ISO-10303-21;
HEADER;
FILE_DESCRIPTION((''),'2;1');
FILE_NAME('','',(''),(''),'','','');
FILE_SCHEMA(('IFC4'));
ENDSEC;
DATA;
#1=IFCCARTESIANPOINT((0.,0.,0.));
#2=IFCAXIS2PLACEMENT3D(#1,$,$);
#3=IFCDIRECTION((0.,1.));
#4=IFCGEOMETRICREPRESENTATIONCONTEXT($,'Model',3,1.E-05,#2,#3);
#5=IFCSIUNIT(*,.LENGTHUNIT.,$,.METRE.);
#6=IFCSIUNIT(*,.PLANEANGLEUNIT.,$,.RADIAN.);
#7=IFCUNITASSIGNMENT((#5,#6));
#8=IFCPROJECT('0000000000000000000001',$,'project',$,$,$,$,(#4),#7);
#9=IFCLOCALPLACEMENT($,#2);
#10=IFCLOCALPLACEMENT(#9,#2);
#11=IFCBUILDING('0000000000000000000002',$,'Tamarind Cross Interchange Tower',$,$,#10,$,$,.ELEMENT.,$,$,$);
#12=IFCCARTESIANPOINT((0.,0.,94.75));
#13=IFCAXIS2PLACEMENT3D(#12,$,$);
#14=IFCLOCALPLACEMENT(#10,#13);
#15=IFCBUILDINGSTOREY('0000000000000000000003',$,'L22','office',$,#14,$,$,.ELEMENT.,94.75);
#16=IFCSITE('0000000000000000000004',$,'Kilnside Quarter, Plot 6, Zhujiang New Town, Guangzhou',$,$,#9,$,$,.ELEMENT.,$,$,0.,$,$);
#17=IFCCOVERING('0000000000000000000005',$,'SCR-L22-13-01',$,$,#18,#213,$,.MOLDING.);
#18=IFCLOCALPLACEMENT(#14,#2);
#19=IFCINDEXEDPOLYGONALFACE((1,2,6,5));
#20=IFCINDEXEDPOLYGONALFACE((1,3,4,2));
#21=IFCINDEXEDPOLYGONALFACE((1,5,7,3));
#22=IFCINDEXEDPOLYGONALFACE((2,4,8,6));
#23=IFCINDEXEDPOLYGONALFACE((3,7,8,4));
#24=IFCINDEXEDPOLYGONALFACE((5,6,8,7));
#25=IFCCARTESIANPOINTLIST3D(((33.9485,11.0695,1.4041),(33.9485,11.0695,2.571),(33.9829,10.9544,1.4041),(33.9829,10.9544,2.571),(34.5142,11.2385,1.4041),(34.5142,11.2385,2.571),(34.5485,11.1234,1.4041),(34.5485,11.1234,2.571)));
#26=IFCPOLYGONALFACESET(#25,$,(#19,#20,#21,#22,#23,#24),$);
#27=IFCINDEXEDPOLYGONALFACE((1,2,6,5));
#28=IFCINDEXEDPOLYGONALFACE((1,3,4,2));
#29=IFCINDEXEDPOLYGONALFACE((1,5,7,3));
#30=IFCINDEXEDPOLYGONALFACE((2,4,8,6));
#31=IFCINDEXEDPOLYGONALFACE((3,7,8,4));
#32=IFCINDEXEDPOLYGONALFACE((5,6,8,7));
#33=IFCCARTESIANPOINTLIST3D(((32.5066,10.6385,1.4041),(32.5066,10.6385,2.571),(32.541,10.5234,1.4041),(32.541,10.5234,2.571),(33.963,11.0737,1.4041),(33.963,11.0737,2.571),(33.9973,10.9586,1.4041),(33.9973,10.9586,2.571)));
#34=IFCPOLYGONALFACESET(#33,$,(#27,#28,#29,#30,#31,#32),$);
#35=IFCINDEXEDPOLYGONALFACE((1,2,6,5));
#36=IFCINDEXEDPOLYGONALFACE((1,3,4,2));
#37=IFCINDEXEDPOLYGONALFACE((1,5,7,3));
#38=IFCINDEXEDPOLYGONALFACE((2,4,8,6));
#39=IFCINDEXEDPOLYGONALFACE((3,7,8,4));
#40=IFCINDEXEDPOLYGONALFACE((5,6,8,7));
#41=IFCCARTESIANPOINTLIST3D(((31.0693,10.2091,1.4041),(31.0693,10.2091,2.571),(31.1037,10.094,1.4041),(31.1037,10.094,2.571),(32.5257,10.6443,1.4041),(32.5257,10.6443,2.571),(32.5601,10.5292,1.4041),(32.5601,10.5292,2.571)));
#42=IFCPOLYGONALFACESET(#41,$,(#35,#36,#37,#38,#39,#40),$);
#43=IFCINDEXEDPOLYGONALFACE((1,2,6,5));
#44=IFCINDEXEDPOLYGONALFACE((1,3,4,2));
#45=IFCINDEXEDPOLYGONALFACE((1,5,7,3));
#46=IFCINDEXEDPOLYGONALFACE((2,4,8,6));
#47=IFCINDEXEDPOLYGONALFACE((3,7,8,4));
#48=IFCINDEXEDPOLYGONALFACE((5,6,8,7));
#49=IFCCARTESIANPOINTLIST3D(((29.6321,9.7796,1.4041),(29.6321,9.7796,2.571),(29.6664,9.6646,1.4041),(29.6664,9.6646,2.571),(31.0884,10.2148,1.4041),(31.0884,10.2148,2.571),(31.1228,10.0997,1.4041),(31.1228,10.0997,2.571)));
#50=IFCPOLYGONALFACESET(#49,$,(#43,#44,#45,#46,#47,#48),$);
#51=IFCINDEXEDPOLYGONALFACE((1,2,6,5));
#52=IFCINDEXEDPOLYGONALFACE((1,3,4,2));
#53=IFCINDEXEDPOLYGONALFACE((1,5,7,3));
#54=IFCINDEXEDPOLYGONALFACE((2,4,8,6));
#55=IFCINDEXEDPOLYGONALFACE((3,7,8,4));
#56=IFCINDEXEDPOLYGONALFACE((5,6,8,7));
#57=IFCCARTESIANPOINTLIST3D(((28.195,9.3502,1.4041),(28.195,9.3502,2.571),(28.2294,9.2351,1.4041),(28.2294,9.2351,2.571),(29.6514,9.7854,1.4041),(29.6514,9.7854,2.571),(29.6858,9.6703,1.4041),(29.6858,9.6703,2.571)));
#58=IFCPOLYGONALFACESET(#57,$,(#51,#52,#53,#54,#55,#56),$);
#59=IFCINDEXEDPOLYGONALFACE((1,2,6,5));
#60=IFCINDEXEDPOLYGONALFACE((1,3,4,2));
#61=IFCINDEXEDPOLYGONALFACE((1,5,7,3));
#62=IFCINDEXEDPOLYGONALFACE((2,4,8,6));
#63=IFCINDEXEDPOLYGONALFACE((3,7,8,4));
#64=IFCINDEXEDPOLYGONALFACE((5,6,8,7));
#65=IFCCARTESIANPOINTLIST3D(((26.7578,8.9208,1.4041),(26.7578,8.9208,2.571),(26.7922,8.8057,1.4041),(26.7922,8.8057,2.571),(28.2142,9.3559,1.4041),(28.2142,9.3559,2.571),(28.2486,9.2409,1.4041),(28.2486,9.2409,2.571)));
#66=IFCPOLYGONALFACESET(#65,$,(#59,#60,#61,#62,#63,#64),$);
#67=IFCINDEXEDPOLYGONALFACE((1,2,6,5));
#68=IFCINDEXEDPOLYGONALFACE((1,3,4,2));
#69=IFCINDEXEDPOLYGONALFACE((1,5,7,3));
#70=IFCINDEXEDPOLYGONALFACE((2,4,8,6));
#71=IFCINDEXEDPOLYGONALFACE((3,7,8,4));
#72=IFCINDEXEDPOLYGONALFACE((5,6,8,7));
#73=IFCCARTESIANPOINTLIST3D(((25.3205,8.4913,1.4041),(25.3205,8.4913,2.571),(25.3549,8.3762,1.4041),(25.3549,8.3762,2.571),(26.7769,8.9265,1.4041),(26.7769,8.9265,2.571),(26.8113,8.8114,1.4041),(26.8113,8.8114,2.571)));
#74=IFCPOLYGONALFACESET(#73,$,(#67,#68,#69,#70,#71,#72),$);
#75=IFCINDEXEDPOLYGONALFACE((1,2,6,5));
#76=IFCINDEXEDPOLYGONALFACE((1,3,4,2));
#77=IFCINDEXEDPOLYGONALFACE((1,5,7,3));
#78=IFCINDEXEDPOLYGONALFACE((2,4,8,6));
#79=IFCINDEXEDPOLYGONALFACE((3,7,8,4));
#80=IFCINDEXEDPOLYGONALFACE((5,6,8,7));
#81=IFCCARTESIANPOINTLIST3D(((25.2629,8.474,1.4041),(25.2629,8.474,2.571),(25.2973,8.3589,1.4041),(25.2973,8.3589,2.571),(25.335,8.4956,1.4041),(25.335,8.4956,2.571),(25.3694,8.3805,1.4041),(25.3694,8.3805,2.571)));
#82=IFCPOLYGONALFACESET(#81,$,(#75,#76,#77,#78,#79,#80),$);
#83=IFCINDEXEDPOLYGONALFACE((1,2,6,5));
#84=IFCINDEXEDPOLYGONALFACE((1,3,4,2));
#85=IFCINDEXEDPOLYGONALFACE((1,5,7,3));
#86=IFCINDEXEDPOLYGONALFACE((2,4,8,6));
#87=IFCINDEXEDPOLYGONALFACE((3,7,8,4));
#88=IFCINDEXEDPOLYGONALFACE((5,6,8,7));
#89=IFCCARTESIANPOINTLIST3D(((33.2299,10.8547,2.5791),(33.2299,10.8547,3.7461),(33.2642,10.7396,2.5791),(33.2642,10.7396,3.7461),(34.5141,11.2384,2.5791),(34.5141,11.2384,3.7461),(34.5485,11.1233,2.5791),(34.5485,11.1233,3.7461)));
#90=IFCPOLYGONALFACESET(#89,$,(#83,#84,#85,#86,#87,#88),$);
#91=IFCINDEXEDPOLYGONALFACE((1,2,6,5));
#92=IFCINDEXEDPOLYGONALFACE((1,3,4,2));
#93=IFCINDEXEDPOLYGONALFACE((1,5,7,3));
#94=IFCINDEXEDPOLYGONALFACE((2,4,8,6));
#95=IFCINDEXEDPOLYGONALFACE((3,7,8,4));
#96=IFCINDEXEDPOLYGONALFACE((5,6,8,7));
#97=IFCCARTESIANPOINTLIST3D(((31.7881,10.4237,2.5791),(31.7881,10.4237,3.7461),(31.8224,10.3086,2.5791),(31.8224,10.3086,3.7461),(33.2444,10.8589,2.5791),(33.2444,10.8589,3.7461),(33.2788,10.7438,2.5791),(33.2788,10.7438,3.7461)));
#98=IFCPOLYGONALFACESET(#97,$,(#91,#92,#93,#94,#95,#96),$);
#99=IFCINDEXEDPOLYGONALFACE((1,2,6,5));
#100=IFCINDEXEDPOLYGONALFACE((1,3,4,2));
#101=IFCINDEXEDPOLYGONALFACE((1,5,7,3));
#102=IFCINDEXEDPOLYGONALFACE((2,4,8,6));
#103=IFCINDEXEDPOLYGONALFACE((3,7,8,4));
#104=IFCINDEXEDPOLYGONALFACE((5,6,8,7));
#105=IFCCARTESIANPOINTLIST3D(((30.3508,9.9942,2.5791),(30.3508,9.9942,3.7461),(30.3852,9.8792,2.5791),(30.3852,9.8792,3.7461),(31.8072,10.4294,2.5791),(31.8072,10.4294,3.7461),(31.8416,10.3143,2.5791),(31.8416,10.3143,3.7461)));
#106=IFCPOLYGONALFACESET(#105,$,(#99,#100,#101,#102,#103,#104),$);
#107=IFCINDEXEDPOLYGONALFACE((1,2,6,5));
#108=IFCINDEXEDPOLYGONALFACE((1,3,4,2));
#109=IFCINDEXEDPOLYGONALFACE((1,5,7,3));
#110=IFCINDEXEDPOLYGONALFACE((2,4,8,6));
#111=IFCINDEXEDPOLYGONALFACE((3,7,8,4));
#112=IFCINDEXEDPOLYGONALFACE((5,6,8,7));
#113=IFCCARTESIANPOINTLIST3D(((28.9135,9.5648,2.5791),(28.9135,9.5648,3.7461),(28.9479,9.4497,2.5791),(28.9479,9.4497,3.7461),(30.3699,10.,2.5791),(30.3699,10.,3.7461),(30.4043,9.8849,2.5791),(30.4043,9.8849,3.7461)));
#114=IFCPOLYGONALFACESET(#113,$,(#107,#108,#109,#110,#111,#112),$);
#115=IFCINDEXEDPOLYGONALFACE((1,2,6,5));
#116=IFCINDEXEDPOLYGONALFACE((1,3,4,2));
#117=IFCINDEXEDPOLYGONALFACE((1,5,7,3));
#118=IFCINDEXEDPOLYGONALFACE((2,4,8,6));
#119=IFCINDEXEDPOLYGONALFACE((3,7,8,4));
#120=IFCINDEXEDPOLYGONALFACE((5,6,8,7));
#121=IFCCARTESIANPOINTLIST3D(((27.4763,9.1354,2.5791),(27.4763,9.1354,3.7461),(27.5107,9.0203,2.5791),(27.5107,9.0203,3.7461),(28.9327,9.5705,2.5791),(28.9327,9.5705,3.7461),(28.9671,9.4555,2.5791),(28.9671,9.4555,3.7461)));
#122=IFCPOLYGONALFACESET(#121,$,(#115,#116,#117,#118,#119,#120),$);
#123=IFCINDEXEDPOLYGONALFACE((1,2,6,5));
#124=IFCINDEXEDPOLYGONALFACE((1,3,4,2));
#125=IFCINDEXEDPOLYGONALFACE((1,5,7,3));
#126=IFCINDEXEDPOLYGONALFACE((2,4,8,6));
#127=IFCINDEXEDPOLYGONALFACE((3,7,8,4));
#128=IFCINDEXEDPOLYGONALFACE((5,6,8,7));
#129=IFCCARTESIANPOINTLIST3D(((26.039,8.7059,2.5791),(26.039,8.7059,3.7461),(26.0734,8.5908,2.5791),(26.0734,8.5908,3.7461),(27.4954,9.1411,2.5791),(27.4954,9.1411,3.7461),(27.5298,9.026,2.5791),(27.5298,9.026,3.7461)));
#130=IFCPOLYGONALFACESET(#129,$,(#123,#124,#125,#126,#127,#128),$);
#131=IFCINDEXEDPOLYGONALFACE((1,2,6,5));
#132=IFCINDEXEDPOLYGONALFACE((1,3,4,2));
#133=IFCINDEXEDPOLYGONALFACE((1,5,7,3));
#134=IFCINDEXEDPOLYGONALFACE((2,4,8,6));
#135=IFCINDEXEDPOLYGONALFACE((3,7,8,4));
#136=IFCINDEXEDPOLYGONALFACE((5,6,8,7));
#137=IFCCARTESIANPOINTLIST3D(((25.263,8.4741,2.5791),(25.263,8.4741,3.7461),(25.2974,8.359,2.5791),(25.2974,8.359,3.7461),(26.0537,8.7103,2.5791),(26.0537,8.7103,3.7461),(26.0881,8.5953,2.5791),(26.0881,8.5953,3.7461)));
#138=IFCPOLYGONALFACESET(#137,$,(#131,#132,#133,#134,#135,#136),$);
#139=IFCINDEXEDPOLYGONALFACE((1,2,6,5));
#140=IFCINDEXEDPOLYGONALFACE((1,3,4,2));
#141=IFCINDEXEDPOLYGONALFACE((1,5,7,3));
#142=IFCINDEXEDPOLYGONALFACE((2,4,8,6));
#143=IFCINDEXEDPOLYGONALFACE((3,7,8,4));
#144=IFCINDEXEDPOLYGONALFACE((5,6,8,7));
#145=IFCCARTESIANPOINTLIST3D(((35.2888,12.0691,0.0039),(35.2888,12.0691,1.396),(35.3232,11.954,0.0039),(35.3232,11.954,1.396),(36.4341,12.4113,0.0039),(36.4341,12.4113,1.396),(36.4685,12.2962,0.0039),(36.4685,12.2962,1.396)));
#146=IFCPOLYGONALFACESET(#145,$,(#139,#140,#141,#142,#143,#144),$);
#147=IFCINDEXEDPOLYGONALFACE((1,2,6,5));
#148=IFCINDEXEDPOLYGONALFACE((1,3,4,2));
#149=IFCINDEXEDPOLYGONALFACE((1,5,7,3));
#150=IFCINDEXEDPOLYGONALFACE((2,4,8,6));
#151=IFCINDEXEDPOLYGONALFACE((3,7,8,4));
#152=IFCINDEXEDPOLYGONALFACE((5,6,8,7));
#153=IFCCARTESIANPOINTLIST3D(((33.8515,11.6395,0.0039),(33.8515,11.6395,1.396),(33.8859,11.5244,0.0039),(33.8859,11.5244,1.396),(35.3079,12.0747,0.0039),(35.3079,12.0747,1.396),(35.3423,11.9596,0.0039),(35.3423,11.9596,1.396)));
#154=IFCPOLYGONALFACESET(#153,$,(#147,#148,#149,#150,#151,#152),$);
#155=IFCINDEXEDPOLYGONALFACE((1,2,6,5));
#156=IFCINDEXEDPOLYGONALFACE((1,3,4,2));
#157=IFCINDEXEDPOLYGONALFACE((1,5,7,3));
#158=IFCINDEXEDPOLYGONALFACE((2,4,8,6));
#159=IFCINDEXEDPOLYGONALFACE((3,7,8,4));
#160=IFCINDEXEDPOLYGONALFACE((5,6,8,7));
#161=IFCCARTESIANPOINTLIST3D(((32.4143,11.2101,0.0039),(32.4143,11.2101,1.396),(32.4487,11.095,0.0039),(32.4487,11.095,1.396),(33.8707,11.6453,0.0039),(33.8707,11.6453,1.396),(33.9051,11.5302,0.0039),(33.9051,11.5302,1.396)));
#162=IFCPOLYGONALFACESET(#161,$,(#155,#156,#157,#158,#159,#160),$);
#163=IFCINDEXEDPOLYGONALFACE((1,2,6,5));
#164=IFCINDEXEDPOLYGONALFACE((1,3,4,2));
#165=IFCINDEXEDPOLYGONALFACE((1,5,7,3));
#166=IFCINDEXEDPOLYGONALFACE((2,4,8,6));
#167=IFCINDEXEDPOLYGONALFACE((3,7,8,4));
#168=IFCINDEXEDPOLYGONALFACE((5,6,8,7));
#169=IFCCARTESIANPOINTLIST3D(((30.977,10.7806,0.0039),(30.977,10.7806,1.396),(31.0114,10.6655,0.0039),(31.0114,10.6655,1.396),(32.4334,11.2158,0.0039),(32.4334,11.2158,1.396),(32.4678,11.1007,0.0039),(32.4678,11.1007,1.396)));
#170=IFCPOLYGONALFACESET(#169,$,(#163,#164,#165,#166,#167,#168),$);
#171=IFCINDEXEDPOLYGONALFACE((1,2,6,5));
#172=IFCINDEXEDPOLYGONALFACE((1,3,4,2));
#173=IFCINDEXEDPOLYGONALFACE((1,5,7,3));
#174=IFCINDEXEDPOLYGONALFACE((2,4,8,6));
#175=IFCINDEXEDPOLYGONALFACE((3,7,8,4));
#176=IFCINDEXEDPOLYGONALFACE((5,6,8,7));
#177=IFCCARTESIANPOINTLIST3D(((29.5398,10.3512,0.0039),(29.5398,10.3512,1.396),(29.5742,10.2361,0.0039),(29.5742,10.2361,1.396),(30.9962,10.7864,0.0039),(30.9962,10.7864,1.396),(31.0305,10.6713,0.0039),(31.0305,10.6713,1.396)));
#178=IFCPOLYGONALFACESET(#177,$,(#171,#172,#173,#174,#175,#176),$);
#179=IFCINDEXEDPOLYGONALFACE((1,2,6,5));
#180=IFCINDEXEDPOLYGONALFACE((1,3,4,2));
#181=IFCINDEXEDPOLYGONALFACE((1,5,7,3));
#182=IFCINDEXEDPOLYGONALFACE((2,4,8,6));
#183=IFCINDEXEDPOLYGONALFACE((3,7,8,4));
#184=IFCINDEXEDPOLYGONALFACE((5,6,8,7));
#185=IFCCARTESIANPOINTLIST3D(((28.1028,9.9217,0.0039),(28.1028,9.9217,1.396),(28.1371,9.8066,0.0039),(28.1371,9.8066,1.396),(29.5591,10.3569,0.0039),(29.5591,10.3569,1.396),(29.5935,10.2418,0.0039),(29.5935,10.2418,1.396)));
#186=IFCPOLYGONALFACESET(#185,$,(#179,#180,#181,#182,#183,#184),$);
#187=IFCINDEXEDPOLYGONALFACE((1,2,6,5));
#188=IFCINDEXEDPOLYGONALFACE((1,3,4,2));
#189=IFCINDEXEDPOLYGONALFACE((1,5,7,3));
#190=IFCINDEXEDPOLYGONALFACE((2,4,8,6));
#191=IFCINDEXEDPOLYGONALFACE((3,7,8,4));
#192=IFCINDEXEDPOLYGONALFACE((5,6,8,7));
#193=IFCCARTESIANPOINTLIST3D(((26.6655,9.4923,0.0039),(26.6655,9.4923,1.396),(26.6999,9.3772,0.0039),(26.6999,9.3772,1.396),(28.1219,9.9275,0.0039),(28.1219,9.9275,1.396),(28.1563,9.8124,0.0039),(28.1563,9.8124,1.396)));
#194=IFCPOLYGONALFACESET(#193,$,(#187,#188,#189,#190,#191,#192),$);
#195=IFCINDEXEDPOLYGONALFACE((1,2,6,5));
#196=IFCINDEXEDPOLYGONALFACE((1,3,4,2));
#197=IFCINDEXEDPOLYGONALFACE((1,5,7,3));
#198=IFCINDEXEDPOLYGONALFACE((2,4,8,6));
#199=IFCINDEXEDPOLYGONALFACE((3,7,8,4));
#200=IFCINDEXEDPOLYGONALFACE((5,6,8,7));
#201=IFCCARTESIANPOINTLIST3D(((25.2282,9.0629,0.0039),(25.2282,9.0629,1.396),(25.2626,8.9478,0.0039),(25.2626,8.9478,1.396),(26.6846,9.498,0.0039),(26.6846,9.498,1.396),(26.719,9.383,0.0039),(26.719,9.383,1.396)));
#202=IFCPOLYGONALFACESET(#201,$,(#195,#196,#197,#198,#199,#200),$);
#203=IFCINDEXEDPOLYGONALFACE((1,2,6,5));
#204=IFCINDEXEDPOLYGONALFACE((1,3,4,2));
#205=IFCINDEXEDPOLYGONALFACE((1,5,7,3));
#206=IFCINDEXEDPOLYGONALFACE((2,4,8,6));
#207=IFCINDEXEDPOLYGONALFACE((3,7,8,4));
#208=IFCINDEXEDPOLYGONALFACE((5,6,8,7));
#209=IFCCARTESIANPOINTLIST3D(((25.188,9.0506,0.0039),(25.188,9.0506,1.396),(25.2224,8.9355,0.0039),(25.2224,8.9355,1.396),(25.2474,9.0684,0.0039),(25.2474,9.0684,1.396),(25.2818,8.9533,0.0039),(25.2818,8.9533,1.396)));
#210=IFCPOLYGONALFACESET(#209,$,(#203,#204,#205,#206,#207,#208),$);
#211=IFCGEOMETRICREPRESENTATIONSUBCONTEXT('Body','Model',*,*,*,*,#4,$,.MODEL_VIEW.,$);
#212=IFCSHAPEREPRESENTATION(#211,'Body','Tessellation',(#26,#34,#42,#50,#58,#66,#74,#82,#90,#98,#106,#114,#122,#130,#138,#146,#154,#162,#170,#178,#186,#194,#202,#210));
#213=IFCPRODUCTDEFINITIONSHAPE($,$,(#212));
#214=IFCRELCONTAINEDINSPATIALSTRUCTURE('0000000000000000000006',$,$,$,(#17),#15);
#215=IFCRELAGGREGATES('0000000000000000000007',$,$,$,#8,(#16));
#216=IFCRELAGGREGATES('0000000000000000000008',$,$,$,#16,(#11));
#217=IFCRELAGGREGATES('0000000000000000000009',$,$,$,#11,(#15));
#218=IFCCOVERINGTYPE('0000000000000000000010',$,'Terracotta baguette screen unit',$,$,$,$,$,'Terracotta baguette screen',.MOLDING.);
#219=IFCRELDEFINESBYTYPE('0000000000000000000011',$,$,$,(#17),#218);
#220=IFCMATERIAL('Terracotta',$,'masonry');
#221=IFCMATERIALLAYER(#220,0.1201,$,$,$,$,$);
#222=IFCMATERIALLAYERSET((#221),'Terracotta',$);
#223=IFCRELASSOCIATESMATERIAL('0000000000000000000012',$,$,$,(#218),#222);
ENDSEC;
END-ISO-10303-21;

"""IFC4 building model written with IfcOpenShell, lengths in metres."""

from ifc_helpers import new_model, si_unit, direction, frame, origin, origin_2d, place, context, subcontext, project, spatial, rectangle, extrude, material, layer, layer_set, type_object, element, save


model = new_model("IFC4")

# Units and contexts
model_context = context("Model", 3, precision=1e-05, world=origin(), true_north=direction((0.0, 1.0)))
body_context = subcontext(model_context, "Body", "Model", "MODEL_VIEW")
ifc_project = project(units=[si_unit("LENGTHUNIT", "METRE"), si_unit("PLANEANGLEUNIT", "RADIAN")], contexts=[model_context])

# Site, building, storey
site_placement = place(None, origin())
site = spatial("IfcSite", under=ifc_project, at=site_placement, Name="Kilnside Quarter, Plot 6, Zhujiang New Town, Guangzhou", CompositionType="ELEMENT", RefElevation=0.0)
building_placement = place(site_placement, origin())
building = spatial("IfcBuilding", under=site, at=building_placement, Name="Tamarind Cross Interchange Tower", CompositionType="ELEMENT")
storey_placement = place(building_placement, frame((0.0, 0.0, 94.75)))
storey = spatial("IfcBuildingStorey", under=building, at=storey_placement, Name="L22", Description="office", CompositionType="ELEMENT", Elevation=94.75)

# Covering
ifc_material_1 = material(Name="Terracotta", Category="masonry")
ifc_layer_1 = layer(ifc_material_1, 0.1201)
ifc_layer_set_1 = layer_set([ifc_layer_1], Name="Terracotta")
covering_type = type_object("IfcCoveringType", Name="Terracotta baguette screen unit", ElementType="Terracotta baguette screen", PredefinedType="MOLDING", material=ifc_layer_set_1)
covering_1_placement = place(storey_placement, origin())
element("IfcCovering", 1, at=covering_1_placement, inside=storey, type_object=covering_type, Name="SCR-L22-13-01", PredefinedType="MOLDING", context=body_context, shape_type="SweptSolid", body=[
    extrude(rectangle(XDim=0.5903, YDim=0.1201, at=origin_2d()), frame((34.2485, 11.0964, 1.4041), z_axis=(0.0, 0.0, 1.0), x_axis=(-0.958139, -0.286304, 0.0)), (0.0, 0.0, 1.0), 1.167),
    extrude(rectangle(XDim=1.52, YDim=0.1201, at=origin_2d()), frame((33.252, 10.7986, 1.4041), z_axis=(0.0, 0.0, 1.0), x_axis=(-0.958139, -0.286304, 0.0)), (0.0, 0.0, 1.0), 1.167),
    extrude(rectangle(XDim=1.52, YDim=0.1201, at=origin_2d()), frame((31.8147, 10.3691, 1.4041), z_axis=(0.0, 0.0, 1.0), x_axis=(-0.958139, -0.286304, 0.0)), (0.0, 0.0, 1.0), 1.167),
    extrude(rectangle(XDim=1.52, YDim=0.1201, at=origin_2d()), frame((30.3774, 9.9397, 1.4041), z_axis=(0.0, 0.0, 1.0), x_axis=(-0.958139, -0.286304, 0.0)), (0.0, 0.0, 1.0), 1.167),
    extrude(rectangle(XDim=1.52, YDim=0.1201, at=origin_2d()), frame((28.9404, 9.5103, 1.4041), z_axis=(0.0, 0.0, 1.0), x_axis=(-0.958139, -0.286304, 0.0)), (0.0, 0.0, 1.0), 1.167),
    extrude(rectangle(XDim=1.52, YDim=0.1201, at=origin_2d()), frame((27.5032, 9.0808, 1.4041), z_axis=(0.0, 0.0, 1.0), x_axis=(-0.958139, -0.286304, 0.0)), (0.0, 0.0, 1.0), 1.167),
    extrude(rectangle(XDim=1.52, YDim=0.1201, at=origin_2d()), frame((26.0659, 8.6514, 1.4041), z_axis=(0.0, 0.0, 1.0), x_axis=(-0.958139, -0.286304, 0.0)), (0.0, 0.0, 1.0), 1.167),
    extrude(rectangle(XDim=0.0752, YDim=0.1201, at=origin_2d()), frame((25.3162, 8.4272, 1.4041), z_axis=(0.0, 0.0, 1.0), x_axis=(-0.958139, -0.286304, 0.0)), (0.0, 0.0, 1.0), 1.167),
    extrude(rectangle(XDim=1.3403, YDim=0.1201, at=origin_2d()), frame((33.8892, 10.989, 2.5791), z_axis=(0.0, 0.0, 1.0), x_axis=(-0.958139, -0.286304, 0.0)), (0.0, 0.0, 1.0), 1.167),
    extrude(rectangle(XDim=1.52, YDim=0.1201, at=origin_2d()), frame((32.5334, 10.5837, 2.5791), z_axis=(0.0, 0.0, 1.0), x_axis=(-0.958139, -0.286304, 0.0)), (0.0, 0.0, 1.0), 1.167),
    extrude(rectangle(XDim=1.52, YDim=0.1201, at=origin_2d()), frame((31.0962, 10.1543, 2.5791), z_axis=(0.0, 0.0, 1.0), x_axis=(-0.958139, -0.286304, 0.0)), (0.0, 0.0, 1.0), 1.167),
    extrude(rectangle(XDim=1.52, YDim=0.1201, at=origin_2d()), frame((29.6589, 9.7249, 2.5791), z_axis=(0.0, 0.0, 1.0), x_axis=(-0.958139, -0.286304, 0.0)), (0.0, 0.0, 1.0), 1.167),
    extrude(rectangle(XDim=1.52, YDim=0.1201, at=origin_2d()), frame((28.2217, 9.2954, 2.5791), z_axis=(0.0, 0.0, 1.0), x_axis=(-0.958139, -0.286304, 0.0)), (0.0, 0.0, 1.0), 1.167),
    extrude(rectangle(XDim=1.52, YDim=0.1201, at=origin_2d()), frame((26.7844, 8.866, 2.5791), z_axis=(0.0, 0.0, 1.0), x_axis=(-0.958139, -0.286304, 0.0)), (0.0, 0.0, 1.0), 1.167),
    extrude(rectangle(XDim=0.8252, YDim=0.1201, at=origin_2d()), frame((25.6755, 8.5347, 2.5791), z_axis=(0.0, 0.0, 1.0), x_axis=(-0.958139, -0.286304, 0.0)), (0.0, 0.0, 1.0), 1.167),
    extrude(rectangle(XDim=1.1953, YDim=0.1201, at=origin_2d()), frame((35.8787, 12.1826, 0.0039), z_axis=(0.0, 0.0, 1.0), x_axis=(-0.958139, -0.286304, 0.0)), (0.0, 0.0, 1.0), 1.3921),
    extrude(rectangle(XDim=1.52, YDim=0.1201, at=origin_2d()), frame((34.5969, 11.7996, 0.0039), z_axis=(0.0, 0.0, 1.0), x_axis=(-0.958139, -0.286304, 0.0)), (0.0, 0.0, 1.0), 1.3921),
    extrude(rectangle(XDim=1.52, YDim=0.1201, at=origin_2d()), frame((33.1597, 11.3701, 0.0039), z_axis=(0.0, 0.0, 1.0), x_axis=(-0.958139, -0.286304, 0.0)), (0.0, 0.0, 1.0), 1.3921),
    extrude(rectangle(XDim=1.52, YDim=0.1201, at=origin_2d()), frame((31.7224, 10.9407, 0.0039), z_axis=(0.0, 0.0, 1.0), x_axis=(-0.958139, -0.286304, 0.0)), (0.0, 0.0, 1.0), 1.3921),
    extrude(rectangle(XDim=1.52, YDim=0.1201, at=origin_2d()), frame((30.2852, 10.5112, 0.0039), z_axis=(0.0, 0.0, 1.0), x_axis=(-0.958139, -0.286304, 0.0)), (0.0, 0.0, 1.0), 1.3921),
    extrude(rectangle(XDim=1.52, YDim=0.1201, at=origin_2d()), frame((28.8481, 10.0818, 0.0039), z_axis=(0.0, 0.0, 1.0), x_axis=(-0.958139, -0.286304, 0.0)), (0.0, 0.0, 1.0), 1.3921),
    extrude(rectangle(XDim=1.52, YDim=0.1201, at=origin_2d()), frame((27.4109, 9.6523, 0.0039), z_axis=(0.0, 0.0, 1.0), x_axis=(-0.958139, -0.286304, 0.0)), (0.0, 0.0, 1.0), 1.3921),
    extrude(rectangle(XDim=1.52, YDim=0.1201, at=origin_2d()), frame((25.9736, 9.2229, 0.0039), z_axis=(0.0, 0.0, 1.0), x_axis=(-0.958139, -0.286304, 0.0)), (0.0, 0.0, 1.0), 1.3921),
    extrude(rectangle(XDim=0.062, YDim=0.1201, at=origin_2d()), frame((25.2349, 9.002, 0.0039), z_axis=(0.0, 0.0, 1.0), x_axis=(-0.958139, -0.286304, 0.0)), (0.0, 0.0, 1.0), 1.3921),
])

save(model, "model.ifc")
